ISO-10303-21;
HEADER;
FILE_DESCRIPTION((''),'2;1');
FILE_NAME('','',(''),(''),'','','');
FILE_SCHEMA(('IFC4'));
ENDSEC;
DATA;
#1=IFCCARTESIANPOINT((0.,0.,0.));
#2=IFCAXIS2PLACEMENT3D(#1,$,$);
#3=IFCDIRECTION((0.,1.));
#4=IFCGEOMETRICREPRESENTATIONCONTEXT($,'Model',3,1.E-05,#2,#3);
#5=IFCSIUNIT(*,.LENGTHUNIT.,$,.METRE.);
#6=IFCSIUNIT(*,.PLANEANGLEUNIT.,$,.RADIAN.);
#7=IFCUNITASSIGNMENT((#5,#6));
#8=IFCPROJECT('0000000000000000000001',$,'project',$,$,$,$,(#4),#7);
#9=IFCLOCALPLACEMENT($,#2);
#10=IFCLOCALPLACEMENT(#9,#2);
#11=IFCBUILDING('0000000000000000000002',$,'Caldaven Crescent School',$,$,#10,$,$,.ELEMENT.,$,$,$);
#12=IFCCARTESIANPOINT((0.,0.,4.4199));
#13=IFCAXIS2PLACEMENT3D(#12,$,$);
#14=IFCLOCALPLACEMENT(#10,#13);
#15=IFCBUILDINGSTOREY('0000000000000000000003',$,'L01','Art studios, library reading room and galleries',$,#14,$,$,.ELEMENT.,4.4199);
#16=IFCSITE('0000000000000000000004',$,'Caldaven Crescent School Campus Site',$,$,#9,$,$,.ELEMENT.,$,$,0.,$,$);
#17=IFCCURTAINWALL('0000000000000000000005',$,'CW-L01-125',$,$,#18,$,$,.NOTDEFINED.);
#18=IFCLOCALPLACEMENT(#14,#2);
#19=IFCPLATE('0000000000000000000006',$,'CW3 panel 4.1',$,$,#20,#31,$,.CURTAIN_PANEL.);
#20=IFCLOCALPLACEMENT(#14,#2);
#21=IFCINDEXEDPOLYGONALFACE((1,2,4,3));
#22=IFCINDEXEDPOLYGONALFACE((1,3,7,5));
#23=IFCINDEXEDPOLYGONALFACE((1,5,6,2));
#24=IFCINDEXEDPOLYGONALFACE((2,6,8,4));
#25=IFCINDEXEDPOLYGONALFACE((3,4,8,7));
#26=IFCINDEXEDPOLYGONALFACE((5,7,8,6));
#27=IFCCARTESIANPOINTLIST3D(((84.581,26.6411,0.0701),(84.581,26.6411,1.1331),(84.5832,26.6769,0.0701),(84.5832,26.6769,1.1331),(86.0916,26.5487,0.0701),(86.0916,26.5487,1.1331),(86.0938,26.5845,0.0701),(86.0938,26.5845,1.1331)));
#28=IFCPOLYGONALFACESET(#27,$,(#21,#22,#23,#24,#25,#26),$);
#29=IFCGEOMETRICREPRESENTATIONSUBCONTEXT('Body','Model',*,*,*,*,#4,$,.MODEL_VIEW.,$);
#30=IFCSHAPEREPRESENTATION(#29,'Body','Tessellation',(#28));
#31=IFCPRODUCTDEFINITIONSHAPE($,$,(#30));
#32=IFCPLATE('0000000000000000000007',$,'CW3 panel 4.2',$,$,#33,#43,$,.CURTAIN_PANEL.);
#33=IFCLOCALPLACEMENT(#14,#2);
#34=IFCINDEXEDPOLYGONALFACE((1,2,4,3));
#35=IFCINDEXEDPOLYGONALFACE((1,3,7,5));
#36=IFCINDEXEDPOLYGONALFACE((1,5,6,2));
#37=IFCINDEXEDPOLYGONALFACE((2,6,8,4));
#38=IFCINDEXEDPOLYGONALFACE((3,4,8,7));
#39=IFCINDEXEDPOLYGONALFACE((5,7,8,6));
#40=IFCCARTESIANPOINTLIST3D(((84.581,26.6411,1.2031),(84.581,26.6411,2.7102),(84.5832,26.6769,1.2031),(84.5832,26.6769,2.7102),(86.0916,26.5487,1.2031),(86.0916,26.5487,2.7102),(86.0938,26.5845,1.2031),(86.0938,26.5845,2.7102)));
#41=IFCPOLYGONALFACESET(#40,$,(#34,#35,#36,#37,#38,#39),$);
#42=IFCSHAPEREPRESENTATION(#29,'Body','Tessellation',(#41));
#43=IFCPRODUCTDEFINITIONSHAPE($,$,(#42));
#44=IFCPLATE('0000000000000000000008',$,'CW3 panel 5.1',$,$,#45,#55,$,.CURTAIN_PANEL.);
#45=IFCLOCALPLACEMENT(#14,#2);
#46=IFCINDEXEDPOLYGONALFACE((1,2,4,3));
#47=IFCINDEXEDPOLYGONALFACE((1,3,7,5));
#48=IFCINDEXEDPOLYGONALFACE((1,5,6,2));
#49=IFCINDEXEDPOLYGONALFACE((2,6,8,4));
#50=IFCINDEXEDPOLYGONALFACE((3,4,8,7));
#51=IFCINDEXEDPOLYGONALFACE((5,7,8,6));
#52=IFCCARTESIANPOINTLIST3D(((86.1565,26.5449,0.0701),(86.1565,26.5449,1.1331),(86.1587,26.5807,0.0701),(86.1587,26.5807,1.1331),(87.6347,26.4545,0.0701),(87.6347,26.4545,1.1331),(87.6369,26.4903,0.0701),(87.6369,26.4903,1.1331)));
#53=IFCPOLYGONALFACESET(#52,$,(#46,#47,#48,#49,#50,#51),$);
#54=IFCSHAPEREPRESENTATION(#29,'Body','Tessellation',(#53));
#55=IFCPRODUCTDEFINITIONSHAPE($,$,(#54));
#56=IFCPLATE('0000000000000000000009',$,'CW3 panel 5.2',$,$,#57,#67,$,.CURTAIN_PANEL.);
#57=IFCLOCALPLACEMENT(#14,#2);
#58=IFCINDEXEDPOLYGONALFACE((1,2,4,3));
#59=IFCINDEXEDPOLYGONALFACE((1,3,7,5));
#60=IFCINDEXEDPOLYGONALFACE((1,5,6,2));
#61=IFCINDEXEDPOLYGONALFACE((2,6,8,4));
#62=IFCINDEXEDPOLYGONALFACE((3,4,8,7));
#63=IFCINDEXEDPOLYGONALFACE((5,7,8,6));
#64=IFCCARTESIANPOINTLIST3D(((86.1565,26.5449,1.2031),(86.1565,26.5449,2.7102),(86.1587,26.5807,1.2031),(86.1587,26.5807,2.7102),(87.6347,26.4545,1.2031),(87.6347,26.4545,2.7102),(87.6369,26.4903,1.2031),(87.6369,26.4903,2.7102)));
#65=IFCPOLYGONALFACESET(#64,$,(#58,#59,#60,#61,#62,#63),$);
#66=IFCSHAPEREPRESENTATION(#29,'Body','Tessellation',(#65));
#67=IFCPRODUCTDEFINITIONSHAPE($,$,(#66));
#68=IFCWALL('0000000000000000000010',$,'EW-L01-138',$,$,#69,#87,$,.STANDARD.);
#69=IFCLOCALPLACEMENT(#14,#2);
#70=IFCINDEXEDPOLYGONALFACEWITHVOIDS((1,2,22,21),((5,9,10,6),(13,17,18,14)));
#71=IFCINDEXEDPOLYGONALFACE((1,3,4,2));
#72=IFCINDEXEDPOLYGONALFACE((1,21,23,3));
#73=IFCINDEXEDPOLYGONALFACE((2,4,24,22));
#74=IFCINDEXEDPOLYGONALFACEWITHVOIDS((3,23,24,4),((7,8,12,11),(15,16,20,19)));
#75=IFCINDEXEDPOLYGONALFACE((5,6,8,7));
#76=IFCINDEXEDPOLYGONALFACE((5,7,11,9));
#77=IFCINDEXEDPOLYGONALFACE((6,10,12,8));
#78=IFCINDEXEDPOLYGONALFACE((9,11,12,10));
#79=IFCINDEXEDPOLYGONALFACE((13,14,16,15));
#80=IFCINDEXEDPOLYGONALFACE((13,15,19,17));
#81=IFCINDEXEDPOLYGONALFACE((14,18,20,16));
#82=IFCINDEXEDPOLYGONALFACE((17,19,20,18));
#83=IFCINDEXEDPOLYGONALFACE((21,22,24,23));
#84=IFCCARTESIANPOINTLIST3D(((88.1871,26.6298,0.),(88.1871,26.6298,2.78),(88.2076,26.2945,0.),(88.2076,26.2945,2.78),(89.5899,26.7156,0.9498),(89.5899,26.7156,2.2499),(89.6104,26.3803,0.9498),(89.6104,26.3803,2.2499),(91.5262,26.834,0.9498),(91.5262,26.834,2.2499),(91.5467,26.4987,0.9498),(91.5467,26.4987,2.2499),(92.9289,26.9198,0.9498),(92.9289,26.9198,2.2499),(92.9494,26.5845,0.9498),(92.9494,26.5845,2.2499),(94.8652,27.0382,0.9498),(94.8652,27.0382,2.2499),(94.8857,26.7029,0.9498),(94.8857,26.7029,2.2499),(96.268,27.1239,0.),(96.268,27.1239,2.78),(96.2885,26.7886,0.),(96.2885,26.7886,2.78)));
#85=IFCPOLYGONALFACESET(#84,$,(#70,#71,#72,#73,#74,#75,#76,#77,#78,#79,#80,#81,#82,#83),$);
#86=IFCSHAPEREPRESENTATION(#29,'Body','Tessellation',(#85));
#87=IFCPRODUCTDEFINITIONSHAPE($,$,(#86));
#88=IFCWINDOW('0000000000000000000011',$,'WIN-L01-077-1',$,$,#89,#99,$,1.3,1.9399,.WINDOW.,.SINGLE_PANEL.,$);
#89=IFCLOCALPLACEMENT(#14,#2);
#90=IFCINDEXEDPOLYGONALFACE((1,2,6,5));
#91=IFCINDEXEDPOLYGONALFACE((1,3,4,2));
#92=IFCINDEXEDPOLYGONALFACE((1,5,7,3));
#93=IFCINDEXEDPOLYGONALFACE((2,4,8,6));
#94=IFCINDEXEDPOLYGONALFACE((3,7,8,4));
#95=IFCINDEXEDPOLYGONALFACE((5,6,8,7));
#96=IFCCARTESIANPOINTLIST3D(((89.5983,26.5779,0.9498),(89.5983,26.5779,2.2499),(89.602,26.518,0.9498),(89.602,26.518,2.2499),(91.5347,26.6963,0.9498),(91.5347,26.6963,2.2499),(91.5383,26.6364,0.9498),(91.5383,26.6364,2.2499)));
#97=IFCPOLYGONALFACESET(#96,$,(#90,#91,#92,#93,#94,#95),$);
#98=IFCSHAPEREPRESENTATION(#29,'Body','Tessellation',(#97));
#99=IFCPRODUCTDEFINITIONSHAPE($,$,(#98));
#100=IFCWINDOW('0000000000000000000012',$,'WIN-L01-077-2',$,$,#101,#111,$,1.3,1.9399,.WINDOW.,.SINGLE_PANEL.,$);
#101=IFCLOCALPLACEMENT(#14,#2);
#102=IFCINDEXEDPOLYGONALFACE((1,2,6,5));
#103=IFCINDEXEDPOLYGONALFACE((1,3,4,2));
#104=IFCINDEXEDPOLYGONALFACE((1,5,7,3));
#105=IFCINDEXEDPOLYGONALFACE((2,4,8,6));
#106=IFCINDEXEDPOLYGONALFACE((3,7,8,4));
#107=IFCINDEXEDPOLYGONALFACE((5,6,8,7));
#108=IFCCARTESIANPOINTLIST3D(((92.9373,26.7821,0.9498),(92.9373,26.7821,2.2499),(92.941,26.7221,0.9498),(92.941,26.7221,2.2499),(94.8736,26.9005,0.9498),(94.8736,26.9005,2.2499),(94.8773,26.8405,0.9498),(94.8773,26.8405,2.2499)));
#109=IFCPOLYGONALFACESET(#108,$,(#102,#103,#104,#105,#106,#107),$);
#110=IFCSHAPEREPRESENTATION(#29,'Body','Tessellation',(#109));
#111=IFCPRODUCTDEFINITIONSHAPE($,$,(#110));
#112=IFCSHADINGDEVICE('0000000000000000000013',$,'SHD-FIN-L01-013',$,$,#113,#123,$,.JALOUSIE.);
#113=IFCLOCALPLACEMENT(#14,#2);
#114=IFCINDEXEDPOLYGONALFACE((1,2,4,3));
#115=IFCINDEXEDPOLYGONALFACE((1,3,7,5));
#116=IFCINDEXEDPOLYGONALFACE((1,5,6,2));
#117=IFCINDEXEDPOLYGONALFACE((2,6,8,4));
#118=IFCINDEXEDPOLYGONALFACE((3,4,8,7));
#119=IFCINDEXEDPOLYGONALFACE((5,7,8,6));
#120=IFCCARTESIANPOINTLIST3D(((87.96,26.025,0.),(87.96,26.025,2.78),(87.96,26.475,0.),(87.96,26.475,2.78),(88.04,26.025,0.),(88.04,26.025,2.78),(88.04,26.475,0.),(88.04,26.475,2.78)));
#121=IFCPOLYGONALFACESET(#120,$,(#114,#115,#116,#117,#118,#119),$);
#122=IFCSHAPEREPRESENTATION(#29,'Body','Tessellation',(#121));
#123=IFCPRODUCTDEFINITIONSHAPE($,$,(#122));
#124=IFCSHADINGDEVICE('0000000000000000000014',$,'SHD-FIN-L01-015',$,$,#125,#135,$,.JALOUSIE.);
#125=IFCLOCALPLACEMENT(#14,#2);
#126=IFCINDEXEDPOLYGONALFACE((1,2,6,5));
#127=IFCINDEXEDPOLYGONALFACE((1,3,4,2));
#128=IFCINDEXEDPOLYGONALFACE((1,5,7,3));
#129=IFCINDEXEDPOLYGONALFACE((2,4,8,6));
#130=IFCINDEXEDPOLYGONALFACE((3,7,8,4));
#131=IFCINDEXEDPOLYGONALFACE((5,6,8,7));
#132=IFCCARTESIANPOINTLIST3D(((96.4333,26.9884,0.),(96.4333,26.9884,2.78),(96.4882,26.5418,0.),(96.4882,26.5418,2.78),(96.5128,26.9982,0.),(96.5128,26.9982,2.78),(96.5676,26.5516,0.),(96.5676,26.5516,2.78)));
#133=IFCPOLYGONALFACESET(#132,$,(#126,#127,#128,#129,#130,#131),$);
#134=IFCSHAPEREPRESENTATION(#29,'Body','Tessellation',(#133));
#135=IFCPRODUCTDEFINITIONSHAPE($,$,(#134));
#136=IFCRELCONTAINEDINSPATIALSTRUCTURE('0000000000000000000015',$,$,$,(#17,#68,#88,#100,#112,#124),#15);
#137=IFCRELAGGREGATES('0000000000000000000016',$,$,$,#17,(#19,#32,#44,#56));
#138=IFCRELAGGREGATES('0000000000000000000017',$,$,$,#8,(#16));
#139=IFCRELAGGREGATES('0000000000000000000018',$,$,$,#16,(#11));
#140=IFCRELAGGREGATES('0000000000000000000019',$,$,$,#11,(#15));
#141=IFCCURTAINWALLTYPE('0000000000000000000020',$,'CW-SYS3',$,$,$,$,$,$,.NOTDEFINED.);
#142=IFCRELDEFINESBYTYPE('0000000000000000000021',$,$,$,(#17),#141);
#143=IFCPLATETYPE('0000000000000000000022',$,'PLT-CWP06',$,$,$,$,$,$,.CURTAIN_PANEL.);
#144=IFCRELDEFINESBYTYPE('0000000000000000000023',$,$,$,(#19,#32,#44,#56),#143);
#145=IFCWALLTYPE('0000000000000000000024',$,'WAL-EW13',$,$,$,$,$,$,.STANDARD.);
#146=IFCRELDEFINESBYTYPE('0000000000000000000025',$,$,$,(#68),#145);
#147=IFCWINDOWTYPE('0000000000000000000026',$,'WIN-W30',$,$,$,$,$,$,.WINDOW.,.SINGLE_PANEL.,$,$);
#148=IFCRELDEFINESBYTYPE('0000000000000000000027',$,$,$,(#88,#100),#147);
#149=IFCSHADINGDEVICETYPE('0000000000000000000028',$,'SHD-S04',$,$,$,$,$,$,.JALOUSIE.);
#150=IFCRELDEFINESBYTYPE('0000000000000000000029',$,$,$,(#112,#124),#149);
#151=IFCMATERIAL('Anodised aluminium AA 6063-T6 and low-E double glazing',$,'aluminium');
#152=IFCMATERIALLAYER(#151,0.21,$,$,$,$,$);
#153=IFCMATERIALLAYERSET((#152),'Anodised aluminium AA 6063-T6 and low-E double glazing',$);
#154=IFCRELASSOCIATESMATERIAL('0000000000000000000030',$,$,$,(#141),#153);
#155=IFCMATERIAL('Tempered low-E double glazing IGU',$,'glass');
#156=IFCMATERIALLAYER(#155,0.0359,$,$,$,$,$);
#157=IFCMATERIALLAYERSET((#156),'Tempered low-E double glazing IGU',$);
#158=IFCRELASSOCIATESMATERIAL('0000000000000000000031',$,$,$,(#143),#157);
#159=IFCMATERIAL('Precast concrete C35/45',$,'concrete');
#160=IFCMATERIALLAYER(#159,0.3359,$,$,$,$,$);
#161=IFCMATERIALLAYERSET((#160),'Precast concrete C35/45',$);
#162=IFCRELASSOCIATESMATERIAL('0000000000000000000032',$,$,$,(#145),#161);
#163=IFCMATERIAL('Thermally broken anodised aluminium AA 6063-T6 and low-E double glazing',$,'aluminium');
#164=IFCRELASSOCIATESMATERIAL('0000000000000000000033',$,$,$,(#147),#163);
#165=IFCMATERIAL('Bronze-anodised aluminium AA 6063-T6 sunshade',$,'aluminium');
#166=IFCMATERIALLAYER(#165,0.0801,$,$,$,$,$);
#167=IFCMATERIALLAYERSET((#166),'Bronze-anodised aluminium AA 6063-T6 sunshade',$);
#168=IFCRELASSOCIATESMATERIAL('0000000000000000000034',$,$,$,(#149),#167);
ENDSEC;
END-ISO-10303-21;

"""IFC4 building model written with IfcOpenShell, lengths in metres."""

from ifc_helpers import new_model, si_unit, direction, frame, frame_2d, origin, origin_2d, place, context, subcontext, project, spatial, rectangle, extrude, material, layer, layer_set, type_object, element, fill, aggregate, save


model = new_model("IFC4")

# Units and contexts
model_context = context("Model", 3, precision=1e-05, world=origin(), true_north=direction((0.0, 1.0)))
body_context = subcontext(model_context, "Body", "Model", "MODEL_VIEW")
ifc_project = project(units=[si_unit("LENGTHUNIT", "METRE"), si_unit("PLANEANGLEUNIT", "RADIAN")], contexts=[model_context])

# Site, building, storey
site_placement = place(None, origin())
site = spatial("IfcSite", under=ifc_project, at=site_placement, Name="Caldaven Crescent School Campus Site", CompositionType="ELEMENT", RefElevation=0.0)
building_placement = place(site_placement, origin())
building = spatial("IfcBuilding", under=site, at=building_placement, Name="Caldaven Crescent School", CompositionType="ELEMENT")
storey_placement = place(building_placement, frame((0.0, 0.0, 4.4199)))
storey = spatial("IfcBuildingStorey", under=building, at=storey_placement, Name="L01", Description="Art studios, library reading room and galleries", CompositionType="ELEMENT", Elevation=4.4199)

# Shared definitions
ifc_material_1 = material(Name="Anodised aluminium AA 6063-T6 and low-E double glazing", Category="aluminium")

# Curtain wall
ifc_layer_1 = layer(ifc_material_1, 0.21)
ifc_layer_set_1 = layer_set([ifc_layer_1], Name="Anodised aluminium AA 6063-T6 and low-E double glazing")
curtain_wall_type_1 = type_object("IfcCurtainWallType", Name="CW-SYS3", PredefinedType="NOTDEFINED", material=ifc_layer_set_1)
curtain_wall_1_placement = place(storey_placement, origin())
curtain_wall_1 = element("IfcCurtainWall", 1, at=curtain_wall_1_placement, inside=storey, type_object=curtain_wall_type_1, Name="CW-L01-125", PredefinedType="NOTDEFINED")

# Plates
ifc_material_2 = material(Name="Tempered low-E double glazing IGU", Category="glass")
ifc_layer_2 = layer(ifc_material_2, 0.0359)
ifc_layer_set_2 = layer_set([ifc_layer_2], Name="Tempered low-E double glazing IGU")
plate_type = type_object("IfcPlateType", Name="PLT-CWP06", PredefinedType="CURTAIN_PANEL", material=ifc_layer_set_2)
plate_1_placement = place(storey_placement, frame((85.3374, 26.6128, 0.0701), z_axis=(0.0, 0.0, 1.0), x_axis=(0.998135, -0.061049, 0.0)))
plate_1 = element("IfcPlate", 2, at=plate_1_placement, type_object=plate_type, Name="CW3 panel 4.1", PredefinedType="CURTAIN_PANEL", context=body_context, shape_type="SweptSolid", body=[
    extrude(rectangle(XDim=1.5134, YDim=0.0359, at=origin_2d()), origin(), (0.0, 0.0, 1.0), 1.063),
])
plate_2_placement = place(storey_placement, frame((85.3374, 26.6128, 1.2031), z_axis=(0.0, 0.0, 1.0), x_axis=(0.998135, -0.061049, 0.0)))
plate_2 = element("IfcPlate", 3, at=plate_2_placement, type_object=plate_type, Name="CW3 panel 4.2", PredefinedType="CURTAIN_PANEL", context=body_context, shape_type="SweptSolid", body=[
    extrude(rectangle(XDim=1.5134, YDim=0.0359, at=origin_2d()), origin(), (0.0, 0.0, 1.0), 1.5071),
])
plate_3_placement = place(storey_placement, frame((86.8967, 26.5176, 0.0701), z_axis=(0.0, 0.0, 1.0), x_axis=(0.998135, -0.061049, 0.0)))
plate_3 = element("IfcPlate", 4, at=plate_3_placement, type_object=plate_type, Name="CW3 panel 5.1", PredefinedType="CURTAIN_PANEL", context=body_context, shape_type="SweptSolid", body=[
    extrude(rectangle(XDim=1.481, YDim=0.0359, at=origin_2d()), origin(), (0.0, 0.0, 1.0), 1.063),
])
plate_4_placement = place(storey_placement, frame((86.8967, 26.5176, 1.2031), z_axis=(0.0, 0.0, 1.0), x_axis=(0.998135, -0.061049, 0.0)))
plate_4 = element("IfcPlate", 5, at=plate_4_placement, type_object=plate_type, Name="CW3 panel 5.2", PredefinedType="CURTAIN_PANEL", context=body_context, shape_type="SweptSolid", body=[
    extrude(rectangle(XDim=1.481, YDim=0.0359, at=origin_2d()), origin(), (0.0, 0.0, 1.0), 1.5071),
])
aggregate(curtain_wall_1, [plate_1, plate_2, plate_3, plate_4])

# Wall, openings, windows
ifc_material_3 = material(Name="Precast concrete C35/45", Category="concrete")
ifc_layer_3 = layer(ifc_material_3, 0.3359)
ifc_layer_set_3 = layer_set([ifc_layer_3], Name="Precast concrete C35/45")
wall_type = type_object("IfcWallType", Name="WAL-EW13", PredefinedType="STANDARD", material=ifc_layer_set_3)
wall_placement = place(storey_placement, frame((88.1975, 26.4622, 0.0), z_axis=(0.0, 0.0, 1.0), x_axis=(0.998136, 0.061036, 0.0)))
wall = element("IfcWall", 6, at=wall_placement, inside=storey, type_object=wall_type, Name="EW-L01-138", PredefinedType="STANDARD", context=body_context, shape_type="SweptSolid", body=[
    extrude(rectangle(XDim=8.0959, YDim=0.3359, at=frame_2d((4.0479, 0.0))), origin(), (0.0, 0.0, 1.0), 2.78),
])
opening_1_placement = place(wall_placement, frame((1.4053, 0.0, 0.95)))
opening_1 = element("IfcOpeningElement", 7, at=opening_1_placement, cuts=wall, PredefinedType="OPENING", context=body_context, shape_type="SweptSolid", body=[
    extrude(rectangle(XDim=1.9399, YDim=1.3, at=frame_2d((0.97, 0.6499))), frame((0.0, 0.178, 0.0), z_axis=(0.0, -1.0, 0.0), x_axis=(1.0, 0.0, 0.0)), (0.0, 0.0, 1.0), 0.356),
])
opening_2_placement = place(wall_placement, frame((4.7505, 0.0, 0.95)))
opening_2 = element("IfcOpeningElement", 8, at=opening_2_placement, cuts=wall, PredefinedType="OPENING", context=body_context, shape_type="SweptSolid", body=[
    extrude(rectangle(XDim=1.9399, YDim=1.3, at=frame_2d((0.97, 0.6499))), frame((0.0, 0.178, 0.0), z_axis=(0.0, -1.0, 0.0), x_axis=(1.0, 0.0, 0.0)), (0.0, 0.0, 1.0), 0.356),
])
ifc_material_4 = material(Name="Thermally broken anodised aluminium AA 6063-T6 and low-E double glazing", Category="aluminium")
window_type = type_object("IfcWindowType", Name="WIN-W30", PartitioningType="SINGLE_PANEL", PredefinedType="WINDOW", material=ifc_material_4)
window_1_placement = place(opening_1_placement, origin())
window_1 = element("IfcWindow", 9, at=window_1_placement, inside=storey, type_object=window_type, Name="WIN-L01-077-1", OverallHeight=1.3, OverallWidth=1.9399, PartitioningType="SINGLE_PANEL", PredefinedType="WINDOW", context=body_context, shape_type="SweptSolid", body=[
    extrude(rectangle(XDim=1.9399, YDim=1.3, at=frame_2d((0.97, 0.6499))), frame((0.0, 0.03, 0.0), z_axis=(0.0, -1.0, 0.0), x_axis=(1.0, 0.0, 0.0)), (0.0, 0.0, 1.0), 0.0601),
])
fill(opening_1, window_1)
window_2_placement = place(opening_2_placement, origin())
window_2 = element("IfcWindow", 10, at=window_2_placement, inside=storey, type_object=window_type, Name="WIN-L01-077-2", OverallHeight=1.3, OverallWidth=1.9399, PartitioningType="SINGLE_PANEL", PredefinedType="WINDOW", context=body_context, shape_type="SweptSolid", body=[
    extrude(rectangle(XDim=1.9399, YDim=1.3, at=frame_2d((0.97, 0.6499))), frame((0.0, 0.03, 0.0), z_axis=(0.0, -1.0, 0.0), x_axis=(1.0, 0.0, 0.0)), (0.0, 0.0, 1.0), 0.0601),
])
fill(opening_2, window_2)

# Shading devices
ifc_material_5 = material(Name="Bronze-anodised aluminium AA 6063-T6 sunshade", Category="aluminium")
ifc_layer_4 = layer(ifc_material_5, 0.0801)
ifc_layer_set_4 = layer_set([ifc_layer_4], Name="Bronze-anodised aluminium AA 6063-T6 sunshade")
shading_device_type = type_object("IfcShadingDeviceType", Name="SHD-S04", PredefinedType="JALOUSIE", material=ifc_layer_set_4)
for number, where, z_axis, x_axis, name in (
    (11, (88.0, 26.25, 0.0), (0.0, 0.0, 1.0), (0.0, -1.0, 0.0), "SHD-FIN-L01-013"),
    (12, (96.5005, 26.77, 0.0), (0.0, 0.0, 1.0), (0.121869, -0.992546, 0.0), "SHD-FIN-L01-015"),
):
    element("IfcShadingDevice", number, at=place(storey_placement, frame(where, z_axis=z_axis, x_axis=x_axis)), inside=storey, type_object=shading_device_type, Name=name, PredefinedType="JALOUSIE", context=body_context, shape_type="SweptSolid", body=[
        extrude(rectangle(XDim=0.45, YDim=0.0801, at=origin_2d()), origin(), (0.0, 0.0, 1.0), 2.78),
    ])

save(model, "model.ifc")
